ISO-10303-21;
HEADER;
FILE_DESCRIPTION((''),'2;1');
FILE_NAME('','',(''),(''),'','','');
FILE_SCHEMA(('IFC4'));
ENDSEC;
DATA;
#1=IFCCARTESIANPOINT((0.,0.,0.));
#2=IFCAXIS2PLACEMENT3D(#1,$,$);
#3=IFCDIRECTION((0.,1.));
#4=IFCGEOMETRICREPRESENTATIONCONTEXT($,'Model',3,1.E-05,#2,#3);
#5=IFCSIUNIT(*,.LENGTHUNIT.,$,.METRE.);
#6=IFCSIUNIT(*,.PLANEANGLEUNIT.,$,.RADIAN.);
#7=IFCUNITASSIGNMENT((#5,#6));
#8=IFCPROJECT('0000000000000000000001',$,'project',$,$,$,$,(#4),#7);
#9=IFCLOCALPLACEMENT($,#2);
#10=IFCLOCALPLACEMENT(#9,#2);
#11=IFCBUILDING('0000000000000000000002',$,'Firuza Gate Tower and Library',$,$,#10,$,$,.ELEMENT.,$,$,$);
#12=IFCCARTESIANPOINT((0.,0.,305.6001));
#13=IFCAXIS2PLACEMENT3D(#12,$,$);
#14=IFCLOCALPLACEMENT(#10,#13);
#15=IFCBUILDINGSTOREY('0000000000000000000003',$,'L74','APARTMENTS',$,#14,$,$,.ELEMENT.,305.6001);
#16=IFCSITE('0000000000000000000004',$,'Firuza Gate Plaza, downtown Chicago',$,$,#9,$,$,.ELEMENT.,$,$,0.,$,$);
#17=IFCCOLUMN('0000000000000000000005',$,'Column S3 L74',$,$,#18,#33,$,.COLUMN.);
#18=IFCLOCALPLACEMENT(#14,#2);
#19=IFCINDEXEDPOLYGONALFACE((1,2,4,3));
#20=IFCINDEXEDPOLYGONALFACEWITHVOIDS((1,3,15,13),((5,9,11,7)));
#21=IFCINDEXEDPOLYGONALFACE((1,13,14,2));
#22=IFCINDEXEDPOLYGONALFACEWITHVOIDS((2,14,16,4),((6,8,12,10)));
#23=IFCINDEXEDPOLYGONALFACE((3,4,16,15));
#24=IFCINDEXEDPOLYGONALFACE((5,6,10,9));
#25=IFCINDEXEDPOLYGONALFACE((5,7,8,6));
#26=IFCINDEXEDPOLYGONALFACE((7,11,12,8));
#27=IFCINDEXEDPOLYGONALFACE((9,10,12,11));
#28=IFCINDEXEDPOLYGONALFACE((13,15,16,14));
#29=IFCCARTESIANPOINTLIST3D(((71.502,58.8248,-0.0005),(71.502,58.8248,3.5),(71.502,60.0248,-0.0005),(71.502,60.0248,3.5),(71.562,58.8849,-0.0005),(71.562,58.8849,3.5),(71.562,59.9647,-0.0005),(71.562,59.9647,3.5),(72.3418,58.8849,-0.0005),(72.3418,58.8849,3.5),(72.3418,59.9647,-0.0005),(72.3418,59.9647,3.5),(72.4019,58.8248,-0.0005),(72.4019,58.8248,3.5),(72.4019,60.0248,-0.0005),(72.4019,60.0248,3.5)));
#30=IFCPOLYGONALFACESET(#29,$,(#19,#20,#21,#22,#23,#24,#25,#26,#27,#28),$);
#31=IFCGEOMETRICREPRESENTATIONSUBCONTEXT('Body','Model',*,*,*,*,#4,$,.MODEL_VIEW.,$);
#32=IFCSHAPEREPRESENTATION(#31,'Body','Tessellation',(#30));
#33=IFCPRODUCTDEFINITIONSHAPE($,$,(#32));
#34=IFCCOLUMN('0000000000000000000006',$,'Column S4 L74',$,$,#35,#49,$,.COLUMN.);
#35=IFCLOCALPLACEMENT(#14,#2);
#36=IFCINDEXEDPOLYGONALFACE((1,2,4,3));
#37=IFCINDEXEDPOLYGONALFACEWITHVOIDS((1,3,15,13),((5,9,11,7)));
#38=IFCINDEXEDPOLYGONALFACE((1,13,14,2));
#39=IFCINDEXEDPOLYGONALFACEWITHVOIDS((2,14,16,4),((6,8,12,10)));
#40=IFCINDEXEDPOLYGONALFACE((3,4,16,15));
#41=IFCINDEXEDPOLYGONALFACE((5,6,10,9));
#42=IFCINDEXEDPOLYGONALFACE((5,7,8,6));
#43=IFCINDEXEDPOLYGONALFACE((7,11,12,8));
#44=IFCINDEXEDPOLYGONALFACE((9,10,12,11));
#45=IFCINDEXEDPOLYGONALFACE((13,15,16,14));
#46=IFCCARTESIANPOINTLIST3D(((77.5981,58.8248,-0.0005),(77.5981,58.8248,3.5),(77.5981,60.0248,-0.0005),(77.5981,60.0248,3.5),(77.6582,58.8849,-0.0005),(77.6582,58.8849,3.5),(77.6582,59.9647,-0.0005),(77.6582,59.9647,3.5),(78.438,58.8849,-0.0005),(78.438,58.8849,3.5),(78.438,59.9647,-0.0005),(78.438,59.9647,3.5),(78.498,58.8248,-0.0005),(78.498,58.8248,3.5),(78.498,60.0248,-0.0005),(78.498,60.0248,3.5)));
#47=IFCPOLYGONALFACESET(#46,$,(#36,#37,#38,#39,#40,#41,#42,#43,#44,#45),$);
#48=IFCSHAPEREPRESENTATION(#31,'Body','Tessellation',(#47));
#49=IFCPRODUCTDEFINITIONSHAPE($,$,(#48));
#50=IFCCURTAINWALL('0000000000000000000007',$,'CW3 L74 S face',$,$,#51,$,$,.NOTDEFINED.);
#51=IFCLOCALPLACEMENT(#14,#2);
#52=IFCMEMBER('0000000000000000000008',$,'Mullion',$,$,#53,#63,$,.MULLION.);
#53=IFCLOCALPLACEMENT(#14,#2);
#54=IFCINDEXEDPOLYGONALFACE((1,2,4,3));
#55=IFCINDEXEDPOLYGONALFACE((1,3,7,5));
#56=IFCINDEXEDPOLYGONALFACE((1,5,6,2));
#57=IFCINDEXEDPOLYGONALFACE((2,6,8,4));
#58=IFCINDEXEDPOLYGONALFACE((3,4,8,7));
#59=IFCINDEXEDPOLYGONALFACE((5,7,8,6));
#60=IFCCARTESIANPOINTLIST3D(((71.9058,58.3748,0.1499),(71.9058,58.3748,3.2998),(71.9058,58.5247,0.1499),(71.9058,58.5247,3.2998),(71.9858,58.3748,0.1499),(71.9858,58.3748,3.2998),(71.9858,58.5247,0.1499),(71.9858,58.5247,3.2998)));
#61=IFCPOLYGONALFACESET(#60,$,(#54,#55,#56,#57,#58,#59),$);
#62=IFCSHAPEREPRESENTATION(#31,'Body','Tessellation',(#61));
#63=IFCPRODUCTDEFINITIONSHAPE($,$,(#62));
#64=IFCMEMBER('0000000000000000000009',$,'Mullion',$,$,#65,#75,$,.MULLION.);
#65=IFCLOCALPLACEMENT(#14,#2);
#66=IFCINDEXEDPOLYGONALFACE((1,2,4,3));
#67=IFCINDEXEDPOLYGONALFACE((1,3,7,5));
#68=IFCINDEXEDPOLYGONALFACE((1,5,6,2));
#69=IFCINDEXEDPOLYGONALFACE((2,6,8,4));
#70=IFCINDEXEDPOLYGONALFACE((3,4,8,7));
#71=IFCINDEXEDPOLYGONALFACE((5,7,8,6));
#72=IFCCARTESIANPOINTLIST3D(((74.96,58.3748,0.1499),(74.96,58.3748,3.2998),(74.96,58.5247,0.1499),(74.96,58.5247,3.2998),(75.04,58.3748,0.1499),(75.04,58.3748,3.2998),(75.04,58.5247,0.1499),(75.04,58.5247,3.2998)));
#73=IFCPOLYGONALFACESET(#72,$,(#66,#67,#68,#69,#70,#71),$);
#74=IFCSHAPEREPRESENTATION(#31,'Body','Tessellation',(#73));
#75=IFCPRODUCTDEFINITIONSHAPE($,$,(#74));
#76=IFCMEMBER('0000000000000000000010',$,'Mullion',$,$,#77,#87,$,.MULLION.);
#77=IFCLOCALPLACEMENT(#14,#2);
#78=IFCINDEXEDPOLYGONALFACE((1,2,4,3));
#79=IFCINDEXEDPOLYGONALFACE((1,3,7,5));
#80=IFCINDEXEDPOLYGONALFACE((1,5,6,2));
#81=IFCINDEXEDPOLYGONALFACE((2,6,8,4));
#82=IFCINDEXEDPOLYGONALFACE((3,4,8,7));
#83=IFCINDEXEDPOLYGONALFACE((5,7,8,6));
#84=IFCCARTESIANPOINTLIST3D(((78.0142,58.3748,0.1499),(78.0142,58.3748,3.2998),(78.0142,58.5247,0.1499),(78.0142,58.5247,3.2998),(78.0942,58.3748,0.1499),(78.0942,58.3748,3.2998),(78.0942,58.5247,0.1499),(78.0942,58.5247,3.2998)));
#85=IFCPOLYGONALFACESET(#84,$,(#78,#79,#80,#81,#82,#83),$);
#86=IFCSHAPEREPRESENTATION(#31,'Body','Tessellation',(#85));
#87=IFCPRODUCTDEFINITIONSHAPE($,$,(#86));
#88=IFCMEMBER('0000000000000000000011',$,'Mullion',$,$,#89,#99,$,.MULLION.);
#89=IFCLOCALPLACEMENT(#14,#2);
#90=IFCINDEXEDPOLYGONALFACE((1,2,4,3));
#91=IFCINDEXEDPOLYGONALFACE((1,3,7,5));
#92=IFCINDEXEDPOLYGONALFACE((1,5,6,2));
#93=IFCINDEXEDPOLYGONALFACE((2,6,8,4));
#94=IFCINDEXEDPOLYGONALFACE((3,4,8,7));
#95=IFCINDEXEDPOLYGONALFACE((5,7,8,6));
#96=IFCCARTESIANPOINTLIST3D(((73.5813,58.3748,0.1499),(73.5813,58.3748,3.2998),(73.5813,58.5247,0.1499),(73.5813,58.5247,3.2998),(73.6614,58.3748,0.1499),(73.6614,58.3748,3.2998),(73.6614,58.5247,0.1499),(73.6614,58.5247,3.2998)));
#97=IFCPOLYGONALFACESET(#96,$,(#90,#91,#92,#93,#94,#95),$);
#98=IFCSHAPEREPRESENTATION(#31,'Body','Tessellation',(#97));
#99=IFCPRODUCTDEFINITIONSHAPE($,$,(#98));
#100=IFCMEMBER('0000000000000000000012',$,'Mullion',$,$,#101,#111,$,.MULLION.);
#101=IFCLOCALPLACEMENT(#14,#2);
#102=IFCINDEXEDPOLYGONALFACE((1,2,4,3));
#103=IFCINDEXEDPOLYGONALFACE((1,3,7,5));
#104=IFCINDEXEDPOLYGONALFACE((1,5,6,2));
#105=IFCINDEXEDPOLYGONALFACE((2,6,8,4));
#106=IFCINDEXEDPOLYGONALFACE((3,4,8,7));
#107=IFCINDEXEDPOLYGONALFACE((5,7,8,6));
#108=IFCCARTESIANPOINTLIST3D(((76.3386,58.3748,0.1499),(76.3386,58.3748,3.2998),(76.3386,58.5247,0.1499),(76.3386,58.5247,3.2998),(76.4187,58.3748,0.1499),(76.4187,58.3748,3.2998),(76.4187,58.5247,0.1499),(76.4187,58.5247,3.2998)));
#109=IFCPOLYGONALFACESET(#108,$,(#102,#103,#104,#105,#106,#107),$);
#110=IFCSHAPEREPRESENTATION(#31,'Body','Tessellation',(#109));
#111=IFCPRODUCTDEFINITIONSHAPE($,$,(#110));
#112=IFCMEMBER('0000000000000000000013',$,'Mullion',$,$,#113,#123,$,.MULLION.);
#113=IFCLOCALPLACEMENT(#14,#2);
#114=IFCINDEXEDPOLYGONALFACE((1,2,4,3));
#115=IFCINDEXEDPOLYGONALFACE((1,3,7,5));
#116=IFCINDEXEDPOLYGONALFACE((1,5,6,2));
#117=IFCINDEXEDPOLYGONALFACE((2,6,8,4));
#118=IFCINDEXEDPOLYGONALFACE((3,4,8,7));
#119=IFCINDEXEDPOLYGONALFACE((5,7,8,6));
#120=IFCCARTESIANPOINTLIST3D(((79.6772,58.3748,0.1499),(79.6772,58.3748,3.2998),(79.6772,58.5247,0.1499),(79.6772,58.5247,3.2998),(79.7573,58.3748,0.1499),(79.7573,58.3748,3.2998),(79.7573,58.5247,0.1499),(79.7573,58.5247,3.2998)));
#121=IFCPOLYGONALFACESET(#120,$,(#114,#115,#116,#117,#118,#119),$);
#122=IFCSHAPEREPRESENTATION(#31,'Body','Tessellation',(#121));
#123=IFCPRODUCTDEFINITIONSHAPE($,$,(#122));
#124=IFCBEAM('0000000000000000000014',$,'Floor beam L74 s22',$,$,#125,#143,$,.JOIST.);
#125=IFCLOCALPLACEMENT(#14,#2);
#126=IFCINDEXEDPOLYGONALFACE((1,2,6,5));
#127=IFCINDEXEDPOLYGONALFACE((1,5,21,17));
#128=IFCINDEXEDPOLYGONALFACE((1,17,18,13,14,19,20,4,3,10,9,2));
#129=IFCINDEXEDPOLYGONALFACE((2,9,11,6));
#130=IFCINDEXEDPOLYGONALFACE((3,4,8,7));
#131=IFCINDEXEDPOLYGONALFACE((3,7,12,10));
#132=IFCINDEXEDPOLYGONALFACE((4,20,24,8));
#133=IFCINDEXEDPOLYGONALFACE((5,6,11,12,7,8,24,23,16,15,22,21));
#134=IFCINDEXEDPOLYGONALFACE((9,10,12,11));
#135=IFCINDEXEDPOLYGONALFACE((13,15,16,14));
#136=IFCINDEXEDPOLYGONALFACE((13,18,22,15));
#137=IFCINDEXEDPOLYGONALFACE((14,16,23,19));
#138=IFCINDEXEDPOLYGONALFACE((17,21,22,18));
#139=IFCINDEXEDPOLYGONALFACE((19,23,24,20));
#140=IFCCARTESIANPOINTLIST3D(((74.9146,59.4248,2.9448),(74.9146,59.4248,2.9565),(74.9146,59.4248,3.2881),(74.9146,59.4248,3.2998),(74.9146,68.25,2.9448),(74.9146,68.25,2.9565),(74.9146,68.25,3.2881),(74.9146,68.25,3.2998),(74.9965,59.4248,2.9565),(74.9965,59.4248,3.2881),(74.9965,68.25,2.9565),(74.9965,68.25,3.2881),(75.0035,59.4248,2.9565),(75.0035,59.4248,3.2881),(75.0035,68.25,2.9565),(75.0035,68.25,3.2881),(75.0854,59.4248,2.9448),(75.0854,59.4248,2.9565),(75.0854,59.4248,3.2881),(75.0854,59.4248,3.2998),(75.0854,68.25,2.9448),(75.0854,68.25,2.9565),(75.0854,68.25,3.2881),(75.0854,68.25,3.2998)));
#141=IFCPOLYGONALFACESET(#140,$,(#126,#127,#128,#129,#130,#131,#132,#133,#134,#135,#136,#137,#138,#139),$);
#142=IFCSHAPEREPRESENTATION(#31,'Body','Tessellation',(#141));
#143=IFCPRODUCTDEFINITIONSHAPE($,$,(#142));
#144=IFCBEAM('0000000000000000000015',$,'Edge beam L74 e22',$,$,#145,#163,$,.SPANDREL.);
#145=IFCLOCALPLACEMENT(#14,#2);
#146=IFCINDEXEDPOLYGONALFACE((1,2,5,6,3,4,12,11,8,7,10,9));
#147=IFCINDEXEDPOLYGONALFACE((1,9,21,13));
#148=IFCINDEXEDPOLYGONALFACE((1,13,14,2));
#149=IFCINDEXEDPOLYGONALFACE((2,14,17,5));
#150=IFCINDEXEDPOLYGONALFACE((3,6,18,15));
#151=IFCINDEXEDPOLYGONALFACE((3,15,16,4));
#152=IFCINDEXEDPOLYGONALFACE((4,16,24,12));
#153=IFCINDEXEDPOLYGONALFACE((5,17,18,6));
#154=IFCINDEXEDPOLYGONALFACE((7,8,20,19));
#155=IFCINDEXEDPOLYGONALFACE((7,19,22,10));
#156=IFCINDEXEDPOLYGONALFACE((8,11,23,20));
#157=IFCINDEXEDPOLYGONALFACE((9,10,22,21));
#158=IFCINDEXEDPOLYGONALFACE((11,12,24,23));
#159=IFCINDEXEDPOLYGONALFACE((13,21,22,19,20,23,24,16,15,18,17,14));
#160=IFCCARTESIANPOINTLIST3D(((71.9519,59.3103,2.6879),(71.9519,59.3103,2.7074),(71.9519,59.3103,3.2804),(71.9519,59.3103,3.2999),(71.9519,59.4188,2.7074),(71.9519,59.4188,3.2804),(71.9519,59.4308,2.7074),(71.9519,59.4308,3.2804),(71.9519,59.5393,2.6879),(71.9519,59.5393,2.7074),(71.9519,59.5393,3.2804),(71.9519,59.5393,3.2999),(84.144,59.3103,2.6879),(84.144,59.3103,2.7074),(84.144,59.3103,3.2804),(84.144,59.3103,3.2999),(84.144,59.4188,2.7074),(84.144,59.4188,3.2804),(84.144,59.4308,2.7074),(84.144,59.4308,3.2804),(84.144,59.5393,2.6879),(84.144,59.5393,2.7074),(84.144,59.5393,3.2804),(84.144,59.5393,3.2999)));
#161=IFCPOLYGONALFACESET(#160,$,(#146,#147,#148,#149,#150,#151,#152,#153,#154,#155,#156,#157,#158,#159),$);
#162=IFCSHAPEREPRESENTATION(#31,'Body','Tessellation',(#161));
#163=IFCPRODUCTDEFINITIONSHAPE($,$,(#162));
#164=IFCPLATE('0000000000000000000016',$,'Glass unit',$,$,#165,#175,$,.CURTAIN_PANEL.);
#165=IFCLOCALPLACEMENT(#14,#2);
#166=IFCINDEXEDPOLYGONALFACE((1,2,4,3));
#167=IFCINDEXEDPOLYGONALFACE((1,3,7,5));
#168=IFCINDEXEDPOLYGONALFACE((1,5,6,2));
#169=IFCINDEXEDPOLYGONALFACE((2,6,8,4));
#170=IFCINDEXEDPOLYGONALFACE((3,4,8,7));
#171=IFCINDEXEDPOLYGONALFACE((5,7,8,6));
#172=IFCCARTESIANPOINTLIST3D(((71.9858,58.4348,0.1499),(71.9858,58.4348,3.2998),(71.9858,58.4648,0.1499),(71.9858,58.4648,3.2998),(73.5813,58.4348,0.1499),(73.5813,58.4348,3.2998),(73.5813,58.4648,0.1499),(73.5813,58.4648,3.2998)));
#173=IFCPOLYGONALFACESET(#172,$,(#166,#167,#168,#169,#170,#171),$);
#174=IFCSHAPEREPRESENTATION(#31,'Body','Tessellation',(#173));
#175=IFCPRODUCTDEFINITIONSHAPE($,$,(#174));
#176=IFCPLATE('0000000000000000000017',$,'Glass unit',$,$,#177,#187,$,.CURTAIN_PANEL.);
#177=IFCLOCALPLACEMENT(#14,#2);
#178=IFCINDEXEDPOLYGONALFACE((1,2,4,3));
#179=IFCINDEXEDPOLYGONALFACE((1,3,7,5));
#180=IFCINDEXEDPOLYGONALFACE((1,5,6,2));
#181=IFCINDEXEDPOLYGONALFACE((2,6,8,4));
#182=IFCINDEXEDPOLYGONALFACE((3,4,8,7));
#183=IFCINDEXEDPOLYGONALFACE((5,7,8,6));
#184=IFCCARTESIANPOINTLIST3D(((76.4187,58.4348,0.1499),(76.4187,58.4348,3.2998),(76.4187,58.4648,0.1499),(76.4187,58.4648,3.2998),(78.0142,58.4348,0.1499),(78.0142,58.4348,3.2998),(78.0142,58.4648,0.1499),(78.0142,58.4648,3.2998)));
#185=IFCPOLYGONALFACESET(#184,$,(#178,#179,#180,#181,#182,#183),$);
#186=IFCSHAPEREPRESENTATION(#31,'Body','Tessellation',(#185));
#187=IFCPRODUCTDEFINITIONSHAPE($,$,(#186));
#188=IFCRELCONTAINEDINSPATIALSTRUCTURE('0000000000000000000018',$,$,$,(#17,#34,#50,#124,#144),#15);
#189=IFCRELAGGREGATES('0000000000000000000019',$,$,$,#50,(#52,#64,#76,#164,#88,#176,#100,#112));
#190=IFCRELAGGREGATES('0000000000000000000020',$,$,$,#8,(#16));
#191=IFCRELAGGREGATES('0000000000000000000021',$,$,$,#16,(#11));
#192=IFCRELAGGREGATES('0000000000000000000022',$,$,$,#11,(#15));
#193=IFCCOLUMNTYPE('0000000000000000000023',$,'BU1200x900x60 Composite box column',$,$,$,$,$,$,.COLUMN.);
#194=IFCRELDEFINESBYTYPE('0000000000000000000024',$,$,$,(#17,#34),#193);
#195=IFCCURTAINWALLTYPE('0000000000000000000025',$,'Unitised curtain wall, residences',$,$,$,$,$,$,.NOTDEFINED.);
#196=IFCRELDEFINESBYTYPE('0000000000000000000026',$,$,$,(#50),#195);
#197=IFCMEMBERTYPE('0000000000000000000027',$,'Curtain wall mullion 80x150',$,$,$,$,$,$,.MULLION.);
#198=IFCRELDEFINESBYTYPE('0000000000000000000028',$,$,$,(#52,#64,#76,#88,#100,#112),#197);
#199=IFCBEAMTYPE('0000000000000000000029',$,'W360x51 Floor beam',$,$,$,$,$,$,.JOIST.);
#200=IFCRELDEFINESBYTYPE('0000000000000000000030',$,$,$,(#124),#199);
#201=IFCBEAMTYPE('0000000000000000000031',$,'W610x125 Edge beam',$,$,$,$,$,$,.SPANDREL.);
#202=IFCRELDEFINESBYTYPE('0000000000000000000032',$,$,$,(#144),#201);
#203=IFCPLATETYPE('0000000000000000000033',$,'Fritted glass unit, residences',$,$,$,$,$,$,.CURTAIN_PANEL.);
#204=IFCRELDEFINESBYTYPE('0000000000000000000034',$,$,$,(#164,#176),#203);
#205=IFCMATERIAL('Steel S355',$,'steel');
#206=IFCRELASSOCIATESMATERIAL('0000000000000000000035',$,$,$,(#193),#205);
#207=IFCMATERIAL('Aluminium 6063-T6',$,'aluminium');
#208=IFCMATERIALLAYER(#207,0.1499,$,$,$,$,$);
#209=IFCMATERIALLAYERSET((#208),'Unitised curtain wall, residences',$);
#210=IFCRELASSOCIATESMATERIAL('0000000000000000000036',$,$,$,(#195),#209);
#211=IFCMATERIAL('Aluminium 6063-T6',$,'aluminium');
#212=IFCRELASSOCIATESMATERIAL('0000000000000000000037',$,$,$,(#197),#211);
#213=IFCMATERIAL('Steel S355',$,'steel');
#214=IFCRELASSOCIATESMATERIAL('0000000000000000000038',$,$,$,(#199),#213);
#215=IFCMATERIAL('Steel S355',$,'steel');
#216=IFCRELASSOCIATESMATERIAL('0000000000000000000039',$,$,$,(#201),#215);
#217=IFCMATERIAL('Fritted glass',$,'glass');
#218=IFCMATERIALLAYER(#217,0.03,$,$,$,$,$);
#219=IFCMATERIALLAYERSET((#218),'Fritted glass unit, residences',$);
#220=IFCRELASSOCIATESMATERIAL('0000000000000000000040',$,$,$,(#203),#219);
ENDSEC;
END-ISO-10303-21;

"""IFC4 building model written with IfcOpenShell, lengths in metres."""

from ifc_helpers import new_model, si_unit, direction, frame, origin, origin_2d, place, context, subcontext, project, spatial, polyline, rectangle, hollow_rectangle, i_section, outline, extrude, material, layer, layer_set, material_profile, profile_set, type_object, element, aggregate, save


model = new_model("IFC4")

# Units and contexts
model_context = context("Model", 3, precision=1e-05, world=origin(), true_north=direction((0.0, 1.0)))
body_context = subcontext(model_context, "Body", "Model", "MODEL_VIEW")
ifc_project = project(units=[si_unit("LENGTHUNIT", "METRE"), si_unit("PLANEANGLEUNIT", "RADIAN")], contexts=[model_context])

# Site, building, storey
site_placement = place(None, origin())
site = spatial("IfcSite", under=ifc_project, at=site_placement, Name="Firuza Gate Plaza, downtown Chicago", CompositionType="ELEMENT", RefElevation=0.0)
building_placement = place(site_placement, origin())
building = spatial("IfcBuilding", under=site, at=building_placement, Name="Firuza Gate Tower and Library", CompositionType="ELEMENT")
storey_placement = place(building_placement, frame((0.0, 0.0, 305.6001)))
storey = spatial("IfcBuildingStorey", under=building, at=storey_placement, Name="L74", Description="APARTMENTS", CompositionType="ELEMENT", Elevation=305.6001)

# Columns
ifc_material_1 = material(Name="Steel S355", Category="steel")
ifc_material_profile_1 = material_profile(ifc_material_1, hollow_rectangle(XDim=0.8999, YDim=1.2, WallThickness=0.0601, at=origin_2d()))
ifc_profile_set_1 = profile_set([ifc_material_profile_1], Name="Steel S355")
column_type = type_object("IfcColumnType", Name="BU1200x900x60 Composite box column", PredefinedType="COLUMN", material=ifc_profile_set_1)
for number, where, z_axis, x_axis, name in (
    (1, (71.9519, 59.4248, -0.0005), (0.0, 0.0, 1.0), (1.0, 0.0, 0.0), "Column S3 L74"),
    (2, (78.0481, 59.4248, -0.0005), (0.0, 0.0, 1.0), (1.0, 0.0, 0.0), "Column S4 L74"),
):
    element("IfcColumn", number, at=place(storey_placement, frame(where, z_axis=z_axis, x_axis=x_axis)), inside=storey, type_object=column_type, Name=name, PredefinedType="COLUMN", context=body_context, shape_type="SweptSolid", body=[
        extrude(hollow_rectangle(XDim=0.8999, YDim=1.2, WallThickness=0.0601, at=origin_2d()), origin(), (0.0, 0.0, 1.0), 3.5005),
    ])

# Curtain wall, members
ifc_material_2 = material(Name="Aluminium 6063-T6", Category="aluminium")
ifc_layer_1 = layer(ifc_material_2, 0.1499)
ifc_layer_set_1 = layer_set([ifc_layer_1], Name="Unitised curtain wall, residences")
curtain_wall_type = type_object("IfcCurtainWallType", Name="Unitised curtain wall, residences", PredefinedType="NOTDEFINED", material=ifc_layer_set_1)
curtain_wall_placement = place(storey_placement, origin())
curtain_wall = element("IfcCurtainWall", 3, at=curtain_wall_placement, inside=storey, type_object=curtain_wall_type, Name="CW3 L74 S face", PredefinedType="NOTDEFINED")
ifc_material_3 = material(Name="Aluminium 6063-T6", Category="aluminium")
ifc_material_profile_2 = material_profile(ifc_material_3, rectangle(XDim=0.1499, YDim=0.0801, at=origin_2d()))
ifc_profile_set_2 = profile_set([ifc_material_profile_2], Name="Aluminium 6063-T6")
member_type = type_object("IfcMemberType", Name="Curtain wall mullion 80x150", PredefinedType="MULLION", material=ifc_profile_set_2)
member_1_placement = place(storey_placement, frame((71.9458, 58.4497, 0.1499), z_axis=(0.0, 0.0, 1.0), x_axis=(0.0, 1.0, 0.0)))
member_1 = element("IfcMember", 4, at=member_1_placement, type_object=member_type, Name="Mullion", PredefinedType="MULLION", context=body_context, shape_type="SweptSolid", body=[
    extrude(rectangle(XDim=0.1499, YDim=0.0801, at=origin_2d()), origin(), (0.0, 0.0, 1.0), 3.1499),
])
member_2_placement = place(storey_placement, frame((75.0, 58.4497, 0.1499), z_axis=(0.0, 0.0, 1.0), x_axis=(0.0, 1.0, 0.0)))
member_2 = element("IfcMember", 5, at=member_2_placement, type_object=member_type, Name="Mullion", PredefinedType="MULLION", context=body_context, shape_type="SweptSolid", body=[
    extrude(rectangle(XDim=0.1499, YDim=0.0801, at=origin_2d()), origin(), (0.0, 0.0, 1.0), 3.1499),
])
member_3_placement = place(storey_placement, frame((78.0542, 58.4497, 0.1499), z_axis=(0.0, 0.0, 1.0), x_axis=(0.0, 1.0, 0.0)))
member_3 = element("IfcMember", 6, at=member_3_placement, type_object=member_type, Name="Mullion", PredefinedType="MULLION", context=body_context, shape_type="SweptSolid", body=[
    extrude(rectangle(XDim=0.1499, YDim=0.0801, at=origin_2d()), origin(), (0.0, 0.0, 1.0), 3.1499),
])
member_4_placement = place(storey_placement, frame((73.6213, 58.4497, 0.1499), z_axis=(0.0, 0.0, 1.0), x_axis=(0.0, 1.0, 0.0)))
member_4 = element("IfcMember", 7, at=member_4_placement, type_object=member_type, Name="Mullion", PredefinedType="MULLION", context=body_context, shape_type="SweptSolid", body=[
    extrude(rectangle(XDim=0.1499, YDim=0.0801, at=origin_2d()), origin(), (0.0, 0.0, 1.0), 3.1499),
])
member_5_placement = place(storey_placement, frame((76.3787, 58.4497, 0.1499), z_axis=(0.0, 0.0, 1.0), x_axis=(0.0, 1.0, 0.0)))
member_5 = element("IfcMember", 8, at=member_5_placement, type_object=member_type, Name="Mullion", PredefinedType="MULLION", context=body_context, shape_type="SweptSolid", body=[
    extrude(rectangle(XDim=0.1499, YDim=0.0801, at=origin_2d()), origin(), (0.0, 0.0, 1.0), 3.1499),
])
member_6_placement = place(storey_placement, frame((79.7173, 58.4497, 0.1499), z_axis=(0.0, 0.0, 1.0), x_axis=(0.0, 1.0, 0.0)))
member_6 = element("IfcMember", 9, at=member_6_placement, type_object=member_type, Name="Mullion", PredefinedType="MULLION", context=body_context, shape_type="SweptSolid", body=[
    extrude(rectangle(XDim=0.1499, YDim=0.0801, at=origin_2d()), origin(), (0.0, 0.0, 1.0), 3.1499),
])

# Beams
ifc_material_4 = material(Name="Steel S355", Category="steel")
ifc_material_profile_3 = material_profile(ifc_material_4, i_section(OverallWidth=0.1709, OverallDepth=0.355, WebThickness=0.0071, FlangeThickness=0.0117, at=origin_2d()))
ifc_profile_set_3 = profile_set([ifc_material_profile_3], Name="Steel S355")
beam_type_1 = type_object("IfcBeamType", Name="W360x51 Floor beam", PredefinedType="JOIST", material=ifc_profile_set_3)
beam_1_placement = place(storey_placement, frame((75.0, 59.4248, 3.1223), z_axis=(0.0, 1.0, 0.0), x_axis=(-1.0, 0.0, 0.0)))
element("IfcBeam", 10, at=beam_1_placement, inside=storey, type_object=beam_type_1, Name="Floor beam L74 s22", PredefinedType="JOIST", context=body_context, shape_type="SweptSolid", body=[
    extrude(i_section(OverallWidth=0.1709, OverallDepth=0.355, WebThickness=0.0071, FlangeThickness=0.0117, at=origin_2d()), origin(), (0.0, 0.0, 1.0), 8.8252),
])
ifc_material_5 = material(Name="Steel S355", Category="steel")
ifc_material_profile_4 = material_profile(ifc_material_5, i_section(OverallWidth=0.229, OverallDepth=0.6121, WebThickness=0.012, FlangeThickness=0.0195, at=origin_2d()))
ifc_profile_set_4 = profile_set([ifc_material_profile_4], Name="Steel S355")
beam_type_2 = type_object("IfcBeamType", Name="W610x125 Edge beam", PredefinedType="SPANDREL", material=ifc_profile_set_4)
beam_2_placement = place(storey_placement, frame((71.9519, 59.4248, 2.9939), z_axis=(1.0, 0.0, 0.0), x_axis=(0.0, 1.0, 0.0)))
element("IfcBeam", 11, at=beam_2_placement, inside=storey, type_object=beam_type_2, Name="Edge beam L74 e22", PredefinedType="SPANDREL", context=body_context, shape_type="SweptSolid", body=[
    extrude(i_section(OverallWidth=0.229, OverallDepth=0.6121, WebThickness=0.012, FlangeThickness=0.0195, at=origin_2d()), origin(), (0.0, 0.0, 1.0), 12.1921),
])

# Plates
ifc_material_6 = material(Name="Fritted glass", Category="glass")
ifc_layer_2 = layer(ifc_material_6, 0.03)
ifc_layer_set_2 = layer_set([ifc_layer_2], Name="Fritted glass unit, residences")
plate_type_1 = type_object("IfcPlateType", Name="Fritted glass unit, residences", PredefinedType="CURTAIN_PANEL", material=ifc_layer_set_2)
plate_1_placement = place(storey_placement, frame((71.9858, 58.4348, 0.1499), z_axis=(0.0, -1.0, 0.0), x_axis=(1.0, 0.0, 0.0)))
plate_1 = element("IfcPlate", 12, at=plate_1_placement, type_object=plate_type_1, Name="Glass unit", PredefinedType="CURTAIN_PANEL", context=body_context, shape_type="SweptSolid", body=[
    extrude(outline(polyline([(0.0, 0.0), (1.5955, 0.0), (1.5955, 3.1499), (0.0, 3.1499), (0.0, 0.0)])), origin(), (0.0, 0.0, -1.0), 0.03),
])
plate_2_placement = place(storey_placement, frame((76.4187, 58.4348, 0.1499), z_axis=(0.0, -1.0, 0.0), x_axis=(1.0, 0.0, 0.0)))
plate_2 = element("IfcPlate", 13, at=plate_2_placement, type_object=plate_type_1, Name="Glass unit", PredefinedType="CURTAIN_PANEL", context=body_context, shape_type="SweptSolid", body=[
    extrude(outline(polyline([(0.0, 0.0), (1.5955, 0.0), (1.5955, 3.1499), (0.0, 3.1499), (0.0, 0.0)])), origin(), (0.0, 0.0, -1.0), 0.03),
])
aggregate(curtain_wall, [member_1, member_2, member_3, plate_1, member_4, plate_2, member_5, member_6])

save(model, "model.ifc")
